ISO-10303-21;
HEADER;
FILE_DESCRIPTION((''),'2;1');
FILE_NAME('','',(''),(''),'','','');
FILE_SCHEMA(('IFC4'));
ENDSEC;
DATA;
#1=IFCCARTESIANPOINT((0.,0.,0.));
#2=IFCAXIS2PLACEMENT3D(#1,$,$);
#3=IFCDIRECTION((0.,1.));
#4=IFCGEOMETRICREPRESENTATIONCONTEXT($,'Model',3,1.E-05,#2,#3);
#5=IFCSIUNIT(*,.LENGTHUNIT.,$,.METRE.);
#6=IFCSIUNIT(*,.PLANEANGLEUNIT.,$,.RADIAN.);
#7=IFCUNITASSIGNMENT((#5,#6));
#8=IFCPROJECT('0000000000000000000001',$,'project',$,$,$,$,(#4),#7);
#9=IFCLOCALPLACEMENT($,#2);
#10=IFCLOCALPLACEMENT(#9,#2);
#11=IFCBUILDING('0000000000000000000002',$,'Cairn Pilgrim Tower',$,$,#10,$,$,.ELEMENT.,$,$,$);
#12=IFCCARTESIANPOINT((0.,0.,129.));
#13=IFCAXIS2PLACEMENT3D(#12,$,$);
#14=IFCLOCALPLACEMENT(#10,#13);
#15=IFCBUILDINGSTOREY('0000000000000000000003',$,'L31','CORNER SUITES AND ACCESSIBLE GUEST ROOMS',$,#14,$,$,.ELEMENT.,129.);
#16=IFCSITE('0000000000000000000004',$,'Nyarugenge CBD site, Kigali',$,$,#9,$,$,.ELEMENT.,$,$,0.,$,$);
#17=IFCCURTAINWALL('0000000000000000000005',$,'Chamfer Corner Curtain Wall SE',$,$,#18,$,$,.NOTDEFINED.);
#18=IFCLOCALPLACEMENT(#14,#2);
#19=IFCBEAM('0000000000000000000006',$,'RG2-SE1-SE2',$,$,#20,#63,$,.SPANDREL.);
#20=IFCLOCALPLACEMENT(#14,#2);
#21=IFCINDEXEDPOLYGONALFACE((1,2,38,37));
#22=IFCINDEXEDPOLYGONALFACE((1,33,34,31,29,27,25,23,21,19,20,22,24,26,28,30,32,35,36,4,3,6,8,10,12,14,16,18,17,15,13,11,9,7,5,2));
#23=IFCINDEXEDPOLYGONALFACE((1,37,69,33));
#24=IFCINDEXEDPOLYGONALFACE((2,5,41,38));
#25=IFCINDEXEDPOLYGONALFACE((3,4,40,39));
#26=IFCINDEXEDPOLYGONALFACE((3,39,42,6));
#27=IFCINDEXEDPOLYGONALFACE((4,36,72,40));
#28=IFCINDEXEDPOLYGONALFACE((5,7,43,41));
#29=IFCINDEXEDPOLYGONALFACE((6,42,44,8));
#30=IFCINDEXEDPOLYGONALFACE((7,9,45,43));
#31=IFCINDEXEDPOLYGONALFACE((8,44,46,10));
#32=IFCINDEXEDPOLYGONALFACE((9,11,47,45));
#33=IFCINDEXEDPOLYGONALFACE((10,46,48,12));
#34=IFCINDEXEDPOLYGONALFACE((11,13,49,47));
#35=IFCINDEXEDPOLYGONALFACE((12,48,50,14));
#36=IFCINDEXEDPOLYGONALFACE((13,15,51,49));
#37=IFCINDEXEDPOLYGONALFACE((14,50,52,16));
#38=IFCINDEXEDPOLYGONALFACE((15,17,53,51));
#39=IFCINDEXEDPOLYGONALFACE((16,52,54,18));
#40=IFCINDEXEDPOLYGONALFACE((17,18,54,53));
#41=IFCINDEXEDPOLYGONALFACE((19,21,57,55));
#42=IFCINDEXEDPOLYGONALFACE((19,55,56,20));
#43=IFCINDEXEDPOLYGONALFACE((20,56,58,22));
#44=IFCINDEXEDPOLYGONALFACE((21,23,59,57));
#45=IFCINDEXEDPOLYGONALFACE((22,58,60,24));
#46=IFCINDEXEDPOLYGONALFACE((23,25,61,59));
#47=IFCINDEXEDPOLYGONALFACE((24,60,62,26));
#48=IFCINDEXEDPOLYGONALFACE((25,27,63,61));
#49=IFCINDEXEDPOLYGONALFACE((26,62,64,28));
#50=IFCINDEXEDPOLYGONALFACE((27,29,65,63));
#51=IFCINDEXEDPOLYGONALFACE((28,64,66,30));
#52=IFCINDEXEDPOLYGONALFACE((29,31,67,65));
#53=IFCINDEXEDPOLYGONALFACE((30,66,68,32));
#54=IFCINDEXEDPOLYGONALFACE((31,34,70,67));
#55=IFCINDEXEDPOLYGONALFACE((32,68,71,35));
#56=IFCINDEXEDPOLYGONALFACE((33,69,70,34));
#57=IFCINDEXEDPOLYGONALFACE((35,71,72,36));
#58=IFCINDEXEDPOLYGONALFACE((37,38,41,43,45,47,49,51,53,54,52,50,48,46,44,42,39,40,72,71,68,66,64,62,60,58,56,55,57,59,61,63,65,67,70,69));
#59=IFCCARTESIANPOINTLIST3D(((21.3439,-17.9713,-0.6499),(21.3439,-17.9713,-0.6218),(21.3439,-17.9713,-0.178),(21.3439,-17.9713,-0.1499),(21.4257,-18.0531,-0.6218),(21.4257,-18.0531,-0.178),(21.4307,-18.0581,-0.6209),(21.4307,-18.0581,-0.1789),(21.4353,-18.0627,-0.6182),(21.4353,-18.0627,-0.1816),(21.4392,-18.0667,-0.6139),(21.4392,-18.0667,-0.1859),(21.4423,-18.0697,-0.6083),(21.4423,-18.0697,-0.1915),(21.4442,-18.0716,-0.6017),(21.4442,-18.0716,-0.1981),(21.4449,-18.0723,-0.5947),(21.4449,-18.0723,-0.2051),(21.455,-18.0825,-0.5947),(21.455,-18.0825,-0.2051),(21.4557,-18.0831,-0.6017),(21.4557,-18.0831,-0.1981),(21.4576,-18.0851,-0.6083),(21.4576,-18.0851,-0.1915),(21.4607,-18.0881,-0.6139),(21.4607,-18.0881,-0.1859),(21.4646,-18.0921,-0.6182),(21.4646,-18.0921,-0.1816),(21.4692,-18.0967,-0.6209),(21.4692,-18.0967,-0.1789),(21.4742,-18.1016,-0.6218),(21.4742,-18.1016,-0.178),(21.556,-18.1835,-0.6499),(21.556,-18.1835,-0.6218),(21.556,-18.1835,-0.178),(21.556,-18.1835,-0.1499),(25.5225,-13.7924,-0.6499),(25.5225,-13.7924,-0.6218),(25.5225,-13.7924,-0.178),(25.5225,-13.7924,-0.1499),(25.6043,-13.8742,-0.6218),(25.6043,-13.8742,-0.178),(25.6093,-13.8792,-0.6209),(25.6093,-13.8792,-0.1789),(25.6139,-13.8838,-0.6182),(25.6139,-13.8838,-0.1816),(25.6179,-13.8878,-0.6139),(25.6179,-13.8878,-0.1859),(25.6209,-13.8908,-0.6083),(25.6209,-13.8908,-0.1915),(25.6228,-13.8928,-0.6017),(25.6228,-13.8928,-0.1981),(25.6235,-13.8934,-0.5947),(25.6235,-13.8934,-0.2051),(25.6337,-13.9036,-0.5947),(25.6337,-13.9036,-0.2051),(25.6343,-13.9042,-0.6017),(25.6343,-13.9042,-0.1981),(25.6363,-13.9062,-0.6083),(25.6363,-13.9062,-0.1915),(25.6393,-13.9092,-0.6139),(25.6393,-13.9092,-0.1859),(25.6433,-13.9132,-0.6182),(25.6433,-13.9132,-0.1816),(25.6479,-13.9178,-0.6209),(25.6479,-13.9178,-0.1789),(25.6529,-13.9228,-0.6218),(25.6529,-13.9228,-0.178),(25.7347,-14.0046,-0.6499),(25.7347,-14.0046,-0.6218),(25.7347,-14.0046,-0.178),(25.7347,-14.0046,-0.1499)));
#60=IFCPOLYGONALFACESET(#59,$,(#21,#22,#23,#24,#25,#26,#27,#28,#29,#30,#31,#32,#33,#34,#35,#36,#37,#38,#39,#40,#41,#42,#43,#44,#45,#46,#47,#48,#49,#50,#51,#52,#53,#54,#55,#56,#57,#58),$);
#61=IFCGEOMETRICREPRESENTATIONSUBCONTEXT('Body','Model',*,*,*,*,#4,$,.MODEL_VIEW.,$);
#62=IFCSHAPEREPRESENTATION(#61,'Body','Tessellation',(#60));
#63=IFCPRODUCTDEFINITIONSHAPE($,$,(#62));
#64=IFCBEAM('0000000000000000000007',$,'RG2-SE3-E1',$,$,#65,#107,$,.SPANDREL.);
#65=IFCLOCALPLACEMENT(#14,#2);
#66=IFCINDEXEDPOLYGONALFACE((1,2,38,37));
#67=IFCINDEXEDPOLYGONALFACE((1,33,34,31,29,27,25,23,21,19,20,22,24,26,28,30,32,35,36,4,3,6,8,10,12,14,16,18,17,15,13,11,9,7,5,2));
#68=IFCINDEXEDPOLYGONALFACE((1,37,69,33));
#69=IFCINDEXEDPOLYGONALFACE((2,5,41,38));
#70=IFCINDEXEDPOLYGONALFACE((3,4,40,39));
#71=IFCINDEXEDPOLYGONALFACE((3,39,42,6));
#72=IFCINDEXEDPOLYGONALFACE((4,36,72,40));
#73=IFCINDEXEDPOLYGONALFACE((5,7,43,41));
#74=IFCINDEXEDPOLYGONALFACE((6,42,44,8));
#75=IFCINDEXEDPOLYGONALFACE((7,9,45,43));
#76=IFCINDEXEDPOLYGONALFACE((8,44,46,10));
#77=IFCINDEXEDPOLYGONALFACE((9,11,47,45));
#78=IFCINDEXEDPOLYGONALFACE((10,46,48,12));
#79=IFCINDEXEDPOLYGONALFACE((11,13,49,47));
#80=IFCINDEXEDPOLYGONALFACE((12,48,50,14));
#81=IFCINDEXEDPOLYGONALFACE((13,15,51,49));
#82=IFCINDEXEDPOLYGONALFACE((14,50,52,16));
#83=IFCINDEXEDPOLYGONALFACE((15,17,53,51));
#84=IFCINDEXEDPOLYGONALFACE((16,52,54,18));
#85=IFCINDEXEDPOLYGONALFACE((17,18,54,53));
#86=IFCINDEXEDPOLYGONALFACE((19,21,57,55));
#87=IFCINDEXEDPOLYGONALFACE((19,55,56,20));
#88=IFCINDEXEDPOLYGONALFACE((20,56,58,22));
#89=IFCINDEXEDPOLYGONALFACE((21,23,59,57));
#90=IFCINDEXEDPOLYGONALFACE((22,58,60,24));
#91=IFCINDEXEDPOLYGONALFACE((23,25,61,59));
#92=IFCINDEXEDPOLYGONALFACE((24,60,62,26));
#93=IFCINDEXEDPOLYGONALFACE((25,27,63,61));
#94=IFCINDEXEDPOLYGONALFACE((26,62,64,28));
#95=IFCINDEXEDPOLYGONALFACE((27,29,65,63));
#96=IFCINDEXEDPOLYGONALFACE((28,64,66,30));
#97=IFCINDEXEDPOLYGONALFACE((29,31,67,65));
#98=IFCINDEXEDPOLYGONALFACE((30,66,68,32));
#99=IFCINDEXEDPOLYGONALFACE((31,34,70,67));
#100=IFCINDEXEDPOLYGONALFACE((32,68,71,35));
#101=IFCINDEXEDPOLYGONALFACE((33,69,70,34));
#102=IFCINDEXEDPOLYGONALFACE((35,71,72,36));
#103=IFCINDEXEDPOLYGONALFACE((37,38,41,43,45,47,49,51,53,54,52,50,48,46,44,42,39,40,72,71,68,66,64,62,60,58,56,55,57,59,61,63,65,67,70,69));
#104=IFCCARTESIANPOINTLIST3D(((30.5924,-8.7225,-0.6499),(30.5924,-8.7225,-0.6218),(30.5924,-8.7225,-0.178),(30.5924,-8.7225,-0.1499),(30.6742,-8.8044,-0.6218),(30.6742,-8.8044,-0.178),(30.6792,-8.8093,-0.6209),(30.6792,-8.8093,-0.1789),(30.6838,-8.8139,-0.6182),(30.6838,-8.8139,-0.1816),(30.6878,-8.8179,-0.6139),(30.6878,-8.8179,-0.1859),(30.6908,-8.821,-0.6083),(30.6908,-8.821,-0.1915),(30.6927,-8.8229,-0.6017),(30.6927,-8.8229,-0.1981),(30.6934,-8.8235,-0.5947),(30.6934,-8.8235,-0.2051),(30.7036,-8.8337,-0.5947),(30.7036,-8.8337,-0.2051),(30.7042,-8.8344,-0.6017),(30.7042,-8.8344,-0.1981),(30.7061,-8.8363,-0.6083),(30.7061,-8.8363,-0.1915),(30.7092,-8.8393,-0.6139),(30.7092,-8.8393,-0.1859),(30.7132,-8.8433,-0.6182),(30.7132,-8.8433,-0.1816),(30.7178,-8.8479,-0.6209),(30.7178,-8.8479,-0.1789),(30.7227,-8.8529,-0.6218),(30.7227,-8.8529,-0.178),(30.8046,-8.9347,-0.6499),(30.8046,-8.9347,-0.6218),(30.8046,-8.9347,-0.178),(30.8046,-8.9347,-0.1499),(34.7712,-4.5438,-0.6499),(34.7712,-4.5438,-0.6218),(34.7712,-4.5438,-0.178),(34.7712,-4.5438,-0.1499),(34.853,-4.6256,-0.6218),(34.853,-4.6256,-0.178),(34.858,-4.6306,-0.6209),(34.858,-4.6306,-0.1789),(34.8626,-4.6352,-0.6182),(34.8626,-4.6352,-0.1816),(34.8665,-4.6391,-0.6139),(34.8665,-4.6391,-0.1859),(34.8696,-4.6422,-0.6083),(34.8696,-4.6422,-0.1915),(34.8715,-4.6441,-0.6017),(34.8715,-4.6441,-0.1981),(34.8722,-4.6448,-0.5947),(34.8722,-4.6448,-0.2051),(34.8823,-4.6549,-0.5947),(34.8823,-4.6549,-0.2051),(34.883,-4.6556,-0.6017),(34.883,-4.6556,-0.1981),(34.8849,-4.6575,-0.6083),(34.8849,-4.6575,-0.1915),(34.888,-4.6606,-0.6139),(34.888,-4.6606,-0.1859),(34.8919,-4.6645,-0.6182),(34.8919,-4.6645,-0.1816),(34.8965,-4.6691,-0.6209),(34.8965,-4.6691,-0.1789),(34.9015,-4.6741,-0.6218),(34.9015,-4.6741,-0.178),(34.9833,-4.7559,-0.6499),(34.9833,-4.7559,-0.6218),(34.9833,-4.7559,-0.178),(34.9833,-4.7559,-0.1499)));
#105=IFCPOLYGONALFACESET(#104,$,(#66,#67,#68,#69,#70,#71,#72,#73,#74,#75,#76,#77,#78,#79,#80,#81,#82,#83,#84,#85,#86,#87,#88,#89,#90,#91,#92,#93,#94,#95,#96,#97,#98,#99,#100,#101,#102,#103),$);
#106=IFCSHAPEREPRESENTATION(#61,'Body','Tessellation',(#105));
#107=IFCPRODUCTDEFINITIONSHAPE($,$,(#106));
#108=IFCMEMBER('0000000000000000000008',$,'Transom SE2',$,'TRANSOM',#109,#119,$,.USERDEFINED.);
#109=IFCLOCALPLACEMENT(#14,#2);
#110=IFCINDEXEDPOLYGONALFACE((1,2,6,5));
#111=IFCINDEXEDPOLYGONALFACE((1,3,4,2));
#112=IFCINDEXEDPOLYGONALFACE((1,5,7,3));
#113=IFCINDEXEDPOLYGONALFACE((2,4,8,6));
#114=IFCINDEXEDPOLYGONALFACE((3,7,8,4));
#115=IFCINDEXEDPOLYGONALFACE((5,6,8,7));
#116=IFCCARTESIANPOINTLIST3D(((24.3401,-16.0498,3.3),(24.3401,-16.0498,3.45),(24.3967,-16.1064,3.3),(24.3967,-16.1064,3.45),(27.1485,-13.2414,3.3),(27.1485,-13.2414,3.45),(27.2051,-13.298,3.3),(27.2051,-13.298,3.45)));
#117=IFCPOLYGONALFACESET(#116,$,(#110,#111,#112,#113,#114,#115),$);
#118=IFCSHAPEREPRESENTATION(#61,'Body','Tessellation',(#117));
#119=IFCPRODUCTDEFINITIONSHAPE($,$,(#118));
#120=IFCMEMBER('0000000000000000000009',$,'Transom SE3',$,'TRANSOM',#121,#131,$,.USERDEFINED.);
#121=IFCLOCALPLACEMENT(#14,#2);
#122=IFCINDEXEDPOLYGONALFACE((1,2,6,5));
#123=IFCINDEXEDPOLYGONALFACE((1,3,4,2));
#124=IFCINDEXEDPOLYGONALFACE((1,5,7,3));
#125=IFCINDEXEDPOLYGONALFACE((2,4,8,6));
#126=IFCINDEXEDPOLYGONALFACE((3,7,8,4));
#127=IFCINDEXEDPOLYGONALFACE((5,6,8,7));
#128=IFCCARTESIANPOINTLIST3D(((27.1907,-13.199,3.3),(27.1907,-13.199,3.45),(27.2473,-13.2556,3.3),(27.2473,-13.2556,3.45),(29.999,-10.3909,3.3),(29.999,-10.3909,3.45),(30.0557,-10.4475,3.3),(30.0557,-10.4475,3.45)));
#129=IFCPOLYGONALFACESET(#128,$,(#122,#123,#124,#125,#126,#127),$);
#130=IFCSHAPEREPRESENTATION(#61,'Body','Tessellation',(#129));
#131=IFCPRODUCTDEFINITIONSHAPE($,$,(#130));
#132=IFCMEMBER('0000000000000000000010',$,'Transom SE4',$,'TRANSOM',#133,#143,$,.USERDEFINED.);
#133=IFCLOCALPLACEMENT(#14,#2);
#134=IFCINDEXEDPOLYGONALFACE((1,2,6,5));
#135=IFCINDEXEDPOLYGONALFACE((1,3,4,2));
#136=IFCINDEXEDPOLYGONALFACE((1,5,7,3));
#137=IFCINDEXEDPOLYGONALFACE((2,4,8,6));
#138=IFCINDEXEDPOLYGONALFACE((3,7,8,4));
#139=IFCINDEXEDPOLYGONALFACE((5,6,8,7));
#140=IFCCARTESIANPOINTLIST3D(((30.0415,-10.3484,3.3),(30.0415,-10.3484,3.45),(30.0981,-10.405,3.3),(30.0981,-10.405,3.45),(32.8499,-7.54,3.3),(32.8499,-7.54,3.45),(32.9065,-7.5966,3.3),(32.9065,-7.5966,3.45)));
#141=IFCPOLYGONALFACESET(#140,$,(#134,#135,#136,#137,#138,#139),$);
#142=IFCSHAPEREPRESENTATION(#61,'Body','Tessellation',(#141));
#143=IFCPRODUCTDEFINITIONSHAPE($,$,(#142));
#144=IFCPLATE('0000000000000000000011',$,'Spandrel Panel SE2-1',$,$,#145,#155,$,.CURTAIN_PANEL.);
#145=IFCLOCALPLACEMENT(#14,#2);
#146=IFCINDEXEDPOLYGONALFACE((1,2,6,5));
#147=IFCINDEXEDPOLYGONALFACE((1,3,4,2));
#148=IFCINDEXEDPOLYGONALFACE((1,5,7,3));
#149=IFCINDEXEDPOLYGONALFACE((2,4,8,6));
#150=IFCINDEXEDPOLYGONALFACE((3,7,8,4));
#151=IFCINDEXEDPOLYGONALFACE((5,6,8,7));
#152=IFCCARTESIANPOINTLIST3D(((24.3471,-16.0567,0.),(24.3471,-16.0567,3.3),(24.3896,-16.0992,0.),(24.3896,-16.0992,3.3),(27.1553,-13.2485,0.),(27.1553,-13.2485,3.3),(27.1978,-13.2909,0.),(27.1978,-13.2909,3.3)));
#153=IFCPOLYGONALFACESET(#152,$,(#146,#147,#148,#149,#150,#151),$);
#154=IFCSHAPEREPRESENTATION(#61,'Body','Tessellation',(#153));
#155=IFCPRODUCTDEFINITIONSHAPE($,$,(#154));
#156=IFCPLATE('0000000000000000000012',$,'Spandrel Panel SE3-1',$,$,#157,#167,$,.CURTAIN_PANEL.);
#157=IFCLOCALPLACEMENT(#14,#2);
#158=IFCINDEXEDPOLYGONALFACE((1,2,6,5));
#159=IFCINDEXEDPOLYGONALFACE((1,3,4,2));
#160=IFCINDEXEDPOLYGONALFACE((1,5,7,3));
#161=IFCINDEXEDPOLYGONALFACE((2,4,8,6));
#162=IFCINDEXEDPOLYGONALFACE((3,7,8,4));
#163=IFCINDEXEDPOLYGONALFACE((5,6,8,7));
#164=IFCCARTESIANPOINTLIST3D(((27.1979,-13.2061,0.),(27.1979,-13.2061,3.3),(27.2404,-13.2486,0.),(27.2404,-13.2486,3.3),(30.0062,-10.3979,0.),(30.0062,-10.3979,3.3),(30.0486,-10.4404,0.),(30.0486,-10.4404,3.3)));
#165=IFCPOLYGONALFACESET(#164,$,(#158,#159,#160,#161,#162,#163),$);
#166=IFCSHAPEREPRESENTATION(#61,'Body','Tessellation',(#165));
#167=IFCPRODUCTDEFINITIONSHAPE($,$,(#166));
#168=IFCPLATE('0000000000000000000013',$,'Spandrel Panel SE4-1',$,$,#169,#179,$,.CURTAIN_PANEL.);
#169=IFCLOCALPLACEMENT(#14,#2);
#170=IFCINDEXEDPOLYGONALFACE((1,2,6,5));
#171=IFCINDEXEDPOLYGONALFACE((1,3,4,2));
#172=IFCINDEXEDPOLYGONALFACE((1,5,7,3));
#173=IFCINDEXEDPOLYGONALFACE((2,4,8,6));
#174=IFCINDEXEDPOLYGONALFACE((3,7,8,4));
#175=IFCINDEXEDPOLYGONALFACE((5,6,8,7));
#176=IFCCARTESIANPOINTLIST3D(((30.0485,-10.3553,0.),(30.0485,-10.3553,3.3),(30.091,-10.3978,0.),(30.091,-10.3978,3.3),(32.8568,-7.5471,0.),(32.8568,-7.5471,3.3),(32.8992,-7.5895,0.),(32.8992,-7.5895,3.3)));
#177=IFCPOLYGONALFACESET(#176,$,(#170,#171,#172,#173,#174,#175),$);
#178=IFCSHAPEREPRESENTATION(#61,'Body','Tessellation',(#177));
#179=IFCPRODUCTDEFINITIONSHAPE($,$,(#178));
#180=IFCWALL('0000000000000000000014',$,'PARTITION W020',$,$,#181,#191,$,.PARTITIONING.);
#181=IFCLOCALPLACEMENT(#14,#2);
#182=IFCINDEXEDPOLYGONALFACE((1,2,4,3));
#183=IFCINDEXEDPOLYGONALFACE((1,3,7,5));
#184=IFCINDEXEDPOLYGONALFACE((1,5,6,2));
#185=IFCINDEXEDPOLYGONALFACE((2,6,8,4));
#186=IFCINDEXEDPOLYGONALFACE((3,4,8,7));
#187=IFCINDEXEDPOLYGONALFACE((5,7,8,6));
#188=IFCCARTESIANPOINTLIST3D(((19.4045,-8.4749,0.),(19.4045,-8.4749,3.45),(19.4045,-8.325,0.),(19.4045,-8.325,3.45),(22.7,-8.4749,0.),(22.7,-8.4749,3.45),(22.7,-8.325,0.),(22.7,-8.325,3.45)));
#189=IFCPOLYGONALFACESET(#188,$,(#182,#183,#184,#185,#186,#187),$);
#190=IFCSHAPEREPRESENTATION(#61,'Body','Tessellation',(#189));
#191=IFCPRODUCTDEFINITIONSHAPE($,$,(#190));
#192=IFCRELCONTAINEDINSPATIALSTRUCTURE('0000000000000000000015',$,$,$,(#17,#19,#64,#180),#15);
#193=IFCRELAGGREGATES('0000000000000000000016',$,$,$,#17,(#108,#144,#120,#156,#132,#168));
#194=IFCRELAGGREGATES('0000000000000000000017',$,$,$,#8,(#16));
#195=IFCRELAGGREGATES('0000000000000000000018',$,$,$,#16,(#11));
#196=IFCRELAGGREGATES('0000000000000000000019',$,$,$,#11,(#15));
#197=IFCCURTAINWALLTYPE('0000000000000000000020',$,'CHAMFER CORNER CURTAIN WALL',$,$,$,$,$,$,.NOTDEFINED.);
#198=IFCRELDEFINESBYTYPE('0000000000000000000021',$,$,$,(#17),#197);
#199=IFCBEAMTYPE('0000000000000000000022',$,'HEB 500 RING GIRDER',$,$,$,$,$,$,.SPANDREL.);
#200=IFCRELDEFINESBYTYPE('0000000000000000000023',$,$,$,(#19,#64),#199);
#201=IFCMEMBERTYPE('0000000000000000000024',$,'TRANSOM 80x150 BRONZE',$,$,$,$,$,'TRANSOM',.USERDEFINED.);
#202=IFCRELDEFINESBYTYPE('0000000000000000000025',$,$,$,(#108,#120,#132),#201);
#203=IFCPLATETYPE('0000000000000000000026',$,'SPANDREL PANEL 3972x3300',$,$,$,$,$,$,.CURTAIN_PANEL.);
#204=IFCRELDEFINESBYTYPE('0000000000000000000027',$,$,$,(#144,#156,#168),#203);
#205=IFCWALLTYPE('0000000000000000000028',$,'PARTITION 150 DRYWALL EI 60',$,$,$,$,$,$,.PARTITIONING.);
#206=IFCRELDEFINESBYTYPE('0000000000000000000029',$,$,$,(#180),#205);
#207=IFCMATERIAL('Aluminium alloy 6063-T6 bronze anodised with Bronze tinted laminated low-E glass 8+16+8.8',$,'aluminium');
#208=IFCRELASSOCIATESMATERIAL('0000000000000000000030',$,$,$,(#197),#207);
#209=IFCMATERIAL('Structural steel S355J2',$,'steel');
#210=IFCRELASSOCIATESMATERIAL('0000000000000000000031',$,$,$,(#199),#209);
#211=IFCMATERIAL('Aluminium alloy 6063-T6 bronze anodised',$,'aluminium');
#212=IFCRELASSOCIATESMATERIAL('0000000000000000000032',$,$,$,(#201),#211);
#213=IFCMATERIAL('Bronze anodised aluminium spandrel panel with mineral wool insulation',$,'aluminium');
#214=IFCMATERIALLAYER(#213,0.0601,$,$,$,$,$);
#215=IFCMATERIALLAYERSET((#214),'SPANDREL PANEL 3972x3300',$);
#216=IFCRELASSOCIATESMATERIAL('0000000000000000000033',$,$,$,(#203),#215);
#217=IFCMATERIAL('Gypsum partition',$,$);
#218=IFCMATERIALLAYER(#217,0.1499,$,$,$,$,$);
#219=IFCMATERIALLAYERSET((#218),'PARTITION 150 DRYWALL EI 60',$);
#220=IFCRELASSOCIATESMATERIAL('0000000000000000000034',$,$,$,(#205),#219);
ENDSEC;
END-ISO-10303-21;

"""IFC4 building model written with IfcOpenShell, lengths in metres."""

from ifc_helpers import new_model, si_unit, direction, frame, frame_2d, origin, origin_2d, place, context, subcontext, project, spatial, rectangle, i_section, extrude, material, layer, layer_set, material_profile, profile_set, type_object, element, aggregate, save


model = new_model("IFC4")

# Units and contexts
model_context = context("Model", 3, precision=1e-05, world=origin(), true_north=direction((0.0, 1.0)))
body_context = subcontext(model_context, "Body", "Model", "MODEL_VIEW")
ifc_project = project(units=[si_unit("LENGTHUNIT", "METRE"), si_unit("PLANEANGLEUNIT", "RADIAN")], contexts=[model_context])

# Site, building, storey
site_placement = place(None, origin())
site = spatial("IfcSite", under=ifc_project, at=site_placement, Name="Nyarugenge CBD site, Kigali", CompositionType="ELEMENT", RefElevation=0.0)
building_placement = place(site_placement, origin())
building = spatial("IfcBuilding", under=site, at=building_placement, Name="Cairn Pilgrim Tower", CompositionType="ELEMENT")
storey_placement = place(building_placement, frame((0.0, 0.0, 129.0)))
storey = spatial("IfcBuildingStorey", under=building, at=storey_placement, Name="L31", Description="CORNER SUITES AND ACCESSIBLE GUEST ROOMS", CompositionType="ELEMENT", Elevation=129.0)

# Shared definitions
ifc_material_1 = material(Name="Structural steel S355J2", Category="steel")

# Curtain wall
ifc_material_2 = material(Name="Aluminium alloy 6063-T6 bronze anodised with Bronze tinted laminated low-E glass 8+16+8.8", Category="aluminium")
curtain_wall_type = type_object("IfcCurtainWallType", Name="CHAMFER CORNER CURTAIN WALL", PredefinedType="NOTDEFINED", material=ifc_material_2)
curtain_wall_placement = place(storey_placement, origin())
curtain_wall = element("IfcCurtainWall", 1, at=curtain_wall_placement, inside=storey, type_object=curtain_wall_type, Name="Chamfer Corner Curtain Wall SE", PredefinedType="NOTDEFINED")
ifc_material_3 = material(Name="Aluminium alloy 6063-T6 bronze anodised", Category="aluminium")

# Beams
ifc_material_profile_1 = material_profile(ifc_material_1, i_section(OverallWidth=0.3, OverallDepth=0.5, WebThickness=0.0144, FlangeThickness=0.0281, FilletRadius=0.0271, at=origin_2d()), Name="HEB 500")
ifc_profile_set_1 = profile_set([ifc_material_profile_1], Name="Structural steel S355J2")
beam_type_1 = type_object("IfcBeamType", Name="HEB 500 RING GIRDER", PredefinedType="SPANDREL", material=ifc_profile_set_1)
for number, where, z_axis, x_axis, name in (
    (2, (21.45, -18.0774, -0.3999), (0.707086, 0.707127, 0.0), (-0.707127, 0.707086, 0.0), "RG2-SE1-SE2"),
    (3, (30.6985, -8.8286, -0.3999), (0.707107, 0.707107, 0.0), (-0.707107, 0.707107, 0.0), "RG2-SE3-E1"),
):
    element("IfcBeam", number, at=place(storey_placement, frame(where, z_axis=z_axis, x_axis=x_axis)), inside=storey, type_object=beam_type_1, Name=name, PredefinedType="SPANDREL", context=body_context, shape_type="SweptSolid", body=[
        extrude(i_section(OverallWidth=0.3, OverallDepth=0.5, WebThickness=0.0144, FlangeThickness=0.0281, FilletRadius=0.0271, at=origin_2d()), origin(), (0.0, 0.0, 1.0), 5.9097),
    ])

# Members
ifc_material_profile_2 = material_profile(ifc_material_3, rectangle(XDim=0.0801, YDim=0.1499, at=origin_2d()), Name="TRANSOM 80x150 BRONZE")
ifc_profile_set_2 = profile_set([ifc_material_profile_2], Name="Aluminium alloy 6063-T6 bronze anodised")
member_type_1 = type_object("IfcMemberType", Name="TRANSOM 80x150 BRONZE", ElementType="TRANSOM", PredefinedType="USERDEFINED", material=ifc_profile_set_2)
member_1_placement = place(storey_placement, frame((24.3684, -16.0781, 3.375), z_axis=(0.707107, 0.707107, 0.0), x_axis=(-0.707107, 0.707107, 0.0)))
member_1 = element("IfcMember", 4, at=member_1_placement, type_object=member_type_1, Name="Transom SE2", ObjectType="TRANSOM", PredefinedType="USERDEFINED", context=body_context, shape_type="SweptSolid", body=[
    extrude(rectangle(XDim=0.0801, YDim=0.1499, at=origin_2d()), origin(), (0.0, 0.0, 1.0), 3.9717),
])
member_2_placement = place(storey_placement, frame((27.219, -13.2273, 3.375), z_axis=(0.707138, 0.707076, 0.0), x_axis=(-0.707076, 0.707138, 0.0)))
member_2 = element("IfcMember", 5, at=member_2_placement, type_object=member_type_1, Name="Transom SE3", ObjectType="TRANSOM", PredefinedType="USERDEFINED", context=body_context, shape_type="SweptSolid", body=[
    extrude(rectangle(XDim=0.0801, YDim=0.1499, at=origin_2d()), origin(), (0.0, 0.0, 1.0), 3.9714),
])
member_3_placement = place(storey_placement, frame((30.0698, -10.3767, 3.375), z_axis=(0.707107, 0.707107, 0.0), x_axis=(-0.707107, 0.707107, 0.0)))
member_3 = element("IfcMember", 6, at=member_3_placement, type_object=member_type_1, Name="Transom SE4", ObjectType="TRANSOM", PredefinedType="USERDEFINED", context=body_context, shape_type="SweptSolid", body=[
    extrude(rectangle(XDim=0.0801, YDim=0.1499, at=origin_2d()), origin(), (0.0, 0.0, 1.0), 3.9717),
])

# Plates
ifc_material_4 = material(Name="Bronze anodised aluminium spandrel panel with mineral wool insulation", Category="aluminium")
ifc_layer_1 = layer(ifc_material_4, 0.0601)
ifc_layer_set_1 = layer_set([ifc_layer_1], Name="SPANDREL PANEL 3972x3300")
plate_type = type_object("IfcPlateType", Name="SPANDREL PANEL 3972x3300", PredefinedType="CURTAIN_PANEL", material=ifc_layer_set_1)
plate_1_placement = place(storey_placement, frame((25.7725, -14.6738, 0.0), z_axis=(0.0, 0.0, 1.0), x_axis=(0.707107, 0.707107, 0.0)))
plate_1 = element("IfcPlate", 7, at=plate_1_placement, type_object=plate_type, Name="Spandrel Panel SE2-1", PredefinedType="CURTAIN_PANEL", context=body_context, shape_type="SweptSolid", body=[
    extrude(rectangle(XDim=3.9714, YDim=0.0601, at=origin_2d()), origin(), (0.0, 0.0, 1.0), 3.3),
])
plate_2_placement = place(storey_placement, frame((28.6233, -11.8232, 0.0), z_axis=(0.0, 0.0, 1.0), x_axis=(0.707107, 0.707107, 0.0)))
plate_2 = element("IfcPlate", 8, at=plate_2_placement, type_object=plate_type, Name="Spandrel Panel SE3-1", PredefinedType="CURTAIN_PANEL", context=body_context, shape_type="SweptSolid", body=[
    extrude(rectangle(XDim=3.9714, YDim=0.0601, at=origin_2d()), origin(), (0.0, 0.0, 1.0), 3.3),
])
plate_3_placement = place(storey_placement, frame((31.4739, -8.9724, 0.0), z_axis=(0.0, 0.0, 1.0), x_axis=(0.707107, 0.707107, 0.0)))
plate_3 = element("IfcPlate", 9, at=plate_3_placement, type_object=plate_type, Name="Spandrel Panel SE4-1", PredefinedType="CURTAIN_PANEL", context=body_context, shape_type="SweptSolid", body=[
    extrude(rectangle(XDim=3.9714, YDim=0.0601, at=origin_2d()), origin(), (0.0, 0.0, 1.0), 3.3),
])
aggregate(curtain_wall, [member_1, plate_1, member_2, plate_2, member_3, plate_3])

# Wall
ifc_material_5 = material(Name="Gypsum partition")
ifc_layer_2 = layer(ifc_material_5, 0.1499)
ifc_layer_set_2 = layer_set([ifc_layer_2], Name="PARTITION 150 DRYWALL EI 60")
wall_type_1 = type_object("IfcWallType", Name="PARTITION 150 DRYWALL EI 60", PredefinedType="PARTITIONING", material=ifc_layer_set_2)
wall_1_placement = place(storey_placement, frame((19.4045, -8.3999, 0.0), z_axis=(0.0, 0.0, 1.0), x_axis=(1.0, 0.0, 0.0)))
element("IfcWall", 10, at=wall_1_placement, inside=storey, type_object=wall_type_1, Name="PARTITION W020", PredefinedType="PARTITIONING", context=body_context, shape_type="SweptSolid", body=[
    extrude(rectangle(XDim=3.2954, YDim=0.1499, at=frame_2d((1.6477, 0.0))), origin(), (0.0, 0.0, 1.0), 3.45),
])

save(model, "model.ifc")
